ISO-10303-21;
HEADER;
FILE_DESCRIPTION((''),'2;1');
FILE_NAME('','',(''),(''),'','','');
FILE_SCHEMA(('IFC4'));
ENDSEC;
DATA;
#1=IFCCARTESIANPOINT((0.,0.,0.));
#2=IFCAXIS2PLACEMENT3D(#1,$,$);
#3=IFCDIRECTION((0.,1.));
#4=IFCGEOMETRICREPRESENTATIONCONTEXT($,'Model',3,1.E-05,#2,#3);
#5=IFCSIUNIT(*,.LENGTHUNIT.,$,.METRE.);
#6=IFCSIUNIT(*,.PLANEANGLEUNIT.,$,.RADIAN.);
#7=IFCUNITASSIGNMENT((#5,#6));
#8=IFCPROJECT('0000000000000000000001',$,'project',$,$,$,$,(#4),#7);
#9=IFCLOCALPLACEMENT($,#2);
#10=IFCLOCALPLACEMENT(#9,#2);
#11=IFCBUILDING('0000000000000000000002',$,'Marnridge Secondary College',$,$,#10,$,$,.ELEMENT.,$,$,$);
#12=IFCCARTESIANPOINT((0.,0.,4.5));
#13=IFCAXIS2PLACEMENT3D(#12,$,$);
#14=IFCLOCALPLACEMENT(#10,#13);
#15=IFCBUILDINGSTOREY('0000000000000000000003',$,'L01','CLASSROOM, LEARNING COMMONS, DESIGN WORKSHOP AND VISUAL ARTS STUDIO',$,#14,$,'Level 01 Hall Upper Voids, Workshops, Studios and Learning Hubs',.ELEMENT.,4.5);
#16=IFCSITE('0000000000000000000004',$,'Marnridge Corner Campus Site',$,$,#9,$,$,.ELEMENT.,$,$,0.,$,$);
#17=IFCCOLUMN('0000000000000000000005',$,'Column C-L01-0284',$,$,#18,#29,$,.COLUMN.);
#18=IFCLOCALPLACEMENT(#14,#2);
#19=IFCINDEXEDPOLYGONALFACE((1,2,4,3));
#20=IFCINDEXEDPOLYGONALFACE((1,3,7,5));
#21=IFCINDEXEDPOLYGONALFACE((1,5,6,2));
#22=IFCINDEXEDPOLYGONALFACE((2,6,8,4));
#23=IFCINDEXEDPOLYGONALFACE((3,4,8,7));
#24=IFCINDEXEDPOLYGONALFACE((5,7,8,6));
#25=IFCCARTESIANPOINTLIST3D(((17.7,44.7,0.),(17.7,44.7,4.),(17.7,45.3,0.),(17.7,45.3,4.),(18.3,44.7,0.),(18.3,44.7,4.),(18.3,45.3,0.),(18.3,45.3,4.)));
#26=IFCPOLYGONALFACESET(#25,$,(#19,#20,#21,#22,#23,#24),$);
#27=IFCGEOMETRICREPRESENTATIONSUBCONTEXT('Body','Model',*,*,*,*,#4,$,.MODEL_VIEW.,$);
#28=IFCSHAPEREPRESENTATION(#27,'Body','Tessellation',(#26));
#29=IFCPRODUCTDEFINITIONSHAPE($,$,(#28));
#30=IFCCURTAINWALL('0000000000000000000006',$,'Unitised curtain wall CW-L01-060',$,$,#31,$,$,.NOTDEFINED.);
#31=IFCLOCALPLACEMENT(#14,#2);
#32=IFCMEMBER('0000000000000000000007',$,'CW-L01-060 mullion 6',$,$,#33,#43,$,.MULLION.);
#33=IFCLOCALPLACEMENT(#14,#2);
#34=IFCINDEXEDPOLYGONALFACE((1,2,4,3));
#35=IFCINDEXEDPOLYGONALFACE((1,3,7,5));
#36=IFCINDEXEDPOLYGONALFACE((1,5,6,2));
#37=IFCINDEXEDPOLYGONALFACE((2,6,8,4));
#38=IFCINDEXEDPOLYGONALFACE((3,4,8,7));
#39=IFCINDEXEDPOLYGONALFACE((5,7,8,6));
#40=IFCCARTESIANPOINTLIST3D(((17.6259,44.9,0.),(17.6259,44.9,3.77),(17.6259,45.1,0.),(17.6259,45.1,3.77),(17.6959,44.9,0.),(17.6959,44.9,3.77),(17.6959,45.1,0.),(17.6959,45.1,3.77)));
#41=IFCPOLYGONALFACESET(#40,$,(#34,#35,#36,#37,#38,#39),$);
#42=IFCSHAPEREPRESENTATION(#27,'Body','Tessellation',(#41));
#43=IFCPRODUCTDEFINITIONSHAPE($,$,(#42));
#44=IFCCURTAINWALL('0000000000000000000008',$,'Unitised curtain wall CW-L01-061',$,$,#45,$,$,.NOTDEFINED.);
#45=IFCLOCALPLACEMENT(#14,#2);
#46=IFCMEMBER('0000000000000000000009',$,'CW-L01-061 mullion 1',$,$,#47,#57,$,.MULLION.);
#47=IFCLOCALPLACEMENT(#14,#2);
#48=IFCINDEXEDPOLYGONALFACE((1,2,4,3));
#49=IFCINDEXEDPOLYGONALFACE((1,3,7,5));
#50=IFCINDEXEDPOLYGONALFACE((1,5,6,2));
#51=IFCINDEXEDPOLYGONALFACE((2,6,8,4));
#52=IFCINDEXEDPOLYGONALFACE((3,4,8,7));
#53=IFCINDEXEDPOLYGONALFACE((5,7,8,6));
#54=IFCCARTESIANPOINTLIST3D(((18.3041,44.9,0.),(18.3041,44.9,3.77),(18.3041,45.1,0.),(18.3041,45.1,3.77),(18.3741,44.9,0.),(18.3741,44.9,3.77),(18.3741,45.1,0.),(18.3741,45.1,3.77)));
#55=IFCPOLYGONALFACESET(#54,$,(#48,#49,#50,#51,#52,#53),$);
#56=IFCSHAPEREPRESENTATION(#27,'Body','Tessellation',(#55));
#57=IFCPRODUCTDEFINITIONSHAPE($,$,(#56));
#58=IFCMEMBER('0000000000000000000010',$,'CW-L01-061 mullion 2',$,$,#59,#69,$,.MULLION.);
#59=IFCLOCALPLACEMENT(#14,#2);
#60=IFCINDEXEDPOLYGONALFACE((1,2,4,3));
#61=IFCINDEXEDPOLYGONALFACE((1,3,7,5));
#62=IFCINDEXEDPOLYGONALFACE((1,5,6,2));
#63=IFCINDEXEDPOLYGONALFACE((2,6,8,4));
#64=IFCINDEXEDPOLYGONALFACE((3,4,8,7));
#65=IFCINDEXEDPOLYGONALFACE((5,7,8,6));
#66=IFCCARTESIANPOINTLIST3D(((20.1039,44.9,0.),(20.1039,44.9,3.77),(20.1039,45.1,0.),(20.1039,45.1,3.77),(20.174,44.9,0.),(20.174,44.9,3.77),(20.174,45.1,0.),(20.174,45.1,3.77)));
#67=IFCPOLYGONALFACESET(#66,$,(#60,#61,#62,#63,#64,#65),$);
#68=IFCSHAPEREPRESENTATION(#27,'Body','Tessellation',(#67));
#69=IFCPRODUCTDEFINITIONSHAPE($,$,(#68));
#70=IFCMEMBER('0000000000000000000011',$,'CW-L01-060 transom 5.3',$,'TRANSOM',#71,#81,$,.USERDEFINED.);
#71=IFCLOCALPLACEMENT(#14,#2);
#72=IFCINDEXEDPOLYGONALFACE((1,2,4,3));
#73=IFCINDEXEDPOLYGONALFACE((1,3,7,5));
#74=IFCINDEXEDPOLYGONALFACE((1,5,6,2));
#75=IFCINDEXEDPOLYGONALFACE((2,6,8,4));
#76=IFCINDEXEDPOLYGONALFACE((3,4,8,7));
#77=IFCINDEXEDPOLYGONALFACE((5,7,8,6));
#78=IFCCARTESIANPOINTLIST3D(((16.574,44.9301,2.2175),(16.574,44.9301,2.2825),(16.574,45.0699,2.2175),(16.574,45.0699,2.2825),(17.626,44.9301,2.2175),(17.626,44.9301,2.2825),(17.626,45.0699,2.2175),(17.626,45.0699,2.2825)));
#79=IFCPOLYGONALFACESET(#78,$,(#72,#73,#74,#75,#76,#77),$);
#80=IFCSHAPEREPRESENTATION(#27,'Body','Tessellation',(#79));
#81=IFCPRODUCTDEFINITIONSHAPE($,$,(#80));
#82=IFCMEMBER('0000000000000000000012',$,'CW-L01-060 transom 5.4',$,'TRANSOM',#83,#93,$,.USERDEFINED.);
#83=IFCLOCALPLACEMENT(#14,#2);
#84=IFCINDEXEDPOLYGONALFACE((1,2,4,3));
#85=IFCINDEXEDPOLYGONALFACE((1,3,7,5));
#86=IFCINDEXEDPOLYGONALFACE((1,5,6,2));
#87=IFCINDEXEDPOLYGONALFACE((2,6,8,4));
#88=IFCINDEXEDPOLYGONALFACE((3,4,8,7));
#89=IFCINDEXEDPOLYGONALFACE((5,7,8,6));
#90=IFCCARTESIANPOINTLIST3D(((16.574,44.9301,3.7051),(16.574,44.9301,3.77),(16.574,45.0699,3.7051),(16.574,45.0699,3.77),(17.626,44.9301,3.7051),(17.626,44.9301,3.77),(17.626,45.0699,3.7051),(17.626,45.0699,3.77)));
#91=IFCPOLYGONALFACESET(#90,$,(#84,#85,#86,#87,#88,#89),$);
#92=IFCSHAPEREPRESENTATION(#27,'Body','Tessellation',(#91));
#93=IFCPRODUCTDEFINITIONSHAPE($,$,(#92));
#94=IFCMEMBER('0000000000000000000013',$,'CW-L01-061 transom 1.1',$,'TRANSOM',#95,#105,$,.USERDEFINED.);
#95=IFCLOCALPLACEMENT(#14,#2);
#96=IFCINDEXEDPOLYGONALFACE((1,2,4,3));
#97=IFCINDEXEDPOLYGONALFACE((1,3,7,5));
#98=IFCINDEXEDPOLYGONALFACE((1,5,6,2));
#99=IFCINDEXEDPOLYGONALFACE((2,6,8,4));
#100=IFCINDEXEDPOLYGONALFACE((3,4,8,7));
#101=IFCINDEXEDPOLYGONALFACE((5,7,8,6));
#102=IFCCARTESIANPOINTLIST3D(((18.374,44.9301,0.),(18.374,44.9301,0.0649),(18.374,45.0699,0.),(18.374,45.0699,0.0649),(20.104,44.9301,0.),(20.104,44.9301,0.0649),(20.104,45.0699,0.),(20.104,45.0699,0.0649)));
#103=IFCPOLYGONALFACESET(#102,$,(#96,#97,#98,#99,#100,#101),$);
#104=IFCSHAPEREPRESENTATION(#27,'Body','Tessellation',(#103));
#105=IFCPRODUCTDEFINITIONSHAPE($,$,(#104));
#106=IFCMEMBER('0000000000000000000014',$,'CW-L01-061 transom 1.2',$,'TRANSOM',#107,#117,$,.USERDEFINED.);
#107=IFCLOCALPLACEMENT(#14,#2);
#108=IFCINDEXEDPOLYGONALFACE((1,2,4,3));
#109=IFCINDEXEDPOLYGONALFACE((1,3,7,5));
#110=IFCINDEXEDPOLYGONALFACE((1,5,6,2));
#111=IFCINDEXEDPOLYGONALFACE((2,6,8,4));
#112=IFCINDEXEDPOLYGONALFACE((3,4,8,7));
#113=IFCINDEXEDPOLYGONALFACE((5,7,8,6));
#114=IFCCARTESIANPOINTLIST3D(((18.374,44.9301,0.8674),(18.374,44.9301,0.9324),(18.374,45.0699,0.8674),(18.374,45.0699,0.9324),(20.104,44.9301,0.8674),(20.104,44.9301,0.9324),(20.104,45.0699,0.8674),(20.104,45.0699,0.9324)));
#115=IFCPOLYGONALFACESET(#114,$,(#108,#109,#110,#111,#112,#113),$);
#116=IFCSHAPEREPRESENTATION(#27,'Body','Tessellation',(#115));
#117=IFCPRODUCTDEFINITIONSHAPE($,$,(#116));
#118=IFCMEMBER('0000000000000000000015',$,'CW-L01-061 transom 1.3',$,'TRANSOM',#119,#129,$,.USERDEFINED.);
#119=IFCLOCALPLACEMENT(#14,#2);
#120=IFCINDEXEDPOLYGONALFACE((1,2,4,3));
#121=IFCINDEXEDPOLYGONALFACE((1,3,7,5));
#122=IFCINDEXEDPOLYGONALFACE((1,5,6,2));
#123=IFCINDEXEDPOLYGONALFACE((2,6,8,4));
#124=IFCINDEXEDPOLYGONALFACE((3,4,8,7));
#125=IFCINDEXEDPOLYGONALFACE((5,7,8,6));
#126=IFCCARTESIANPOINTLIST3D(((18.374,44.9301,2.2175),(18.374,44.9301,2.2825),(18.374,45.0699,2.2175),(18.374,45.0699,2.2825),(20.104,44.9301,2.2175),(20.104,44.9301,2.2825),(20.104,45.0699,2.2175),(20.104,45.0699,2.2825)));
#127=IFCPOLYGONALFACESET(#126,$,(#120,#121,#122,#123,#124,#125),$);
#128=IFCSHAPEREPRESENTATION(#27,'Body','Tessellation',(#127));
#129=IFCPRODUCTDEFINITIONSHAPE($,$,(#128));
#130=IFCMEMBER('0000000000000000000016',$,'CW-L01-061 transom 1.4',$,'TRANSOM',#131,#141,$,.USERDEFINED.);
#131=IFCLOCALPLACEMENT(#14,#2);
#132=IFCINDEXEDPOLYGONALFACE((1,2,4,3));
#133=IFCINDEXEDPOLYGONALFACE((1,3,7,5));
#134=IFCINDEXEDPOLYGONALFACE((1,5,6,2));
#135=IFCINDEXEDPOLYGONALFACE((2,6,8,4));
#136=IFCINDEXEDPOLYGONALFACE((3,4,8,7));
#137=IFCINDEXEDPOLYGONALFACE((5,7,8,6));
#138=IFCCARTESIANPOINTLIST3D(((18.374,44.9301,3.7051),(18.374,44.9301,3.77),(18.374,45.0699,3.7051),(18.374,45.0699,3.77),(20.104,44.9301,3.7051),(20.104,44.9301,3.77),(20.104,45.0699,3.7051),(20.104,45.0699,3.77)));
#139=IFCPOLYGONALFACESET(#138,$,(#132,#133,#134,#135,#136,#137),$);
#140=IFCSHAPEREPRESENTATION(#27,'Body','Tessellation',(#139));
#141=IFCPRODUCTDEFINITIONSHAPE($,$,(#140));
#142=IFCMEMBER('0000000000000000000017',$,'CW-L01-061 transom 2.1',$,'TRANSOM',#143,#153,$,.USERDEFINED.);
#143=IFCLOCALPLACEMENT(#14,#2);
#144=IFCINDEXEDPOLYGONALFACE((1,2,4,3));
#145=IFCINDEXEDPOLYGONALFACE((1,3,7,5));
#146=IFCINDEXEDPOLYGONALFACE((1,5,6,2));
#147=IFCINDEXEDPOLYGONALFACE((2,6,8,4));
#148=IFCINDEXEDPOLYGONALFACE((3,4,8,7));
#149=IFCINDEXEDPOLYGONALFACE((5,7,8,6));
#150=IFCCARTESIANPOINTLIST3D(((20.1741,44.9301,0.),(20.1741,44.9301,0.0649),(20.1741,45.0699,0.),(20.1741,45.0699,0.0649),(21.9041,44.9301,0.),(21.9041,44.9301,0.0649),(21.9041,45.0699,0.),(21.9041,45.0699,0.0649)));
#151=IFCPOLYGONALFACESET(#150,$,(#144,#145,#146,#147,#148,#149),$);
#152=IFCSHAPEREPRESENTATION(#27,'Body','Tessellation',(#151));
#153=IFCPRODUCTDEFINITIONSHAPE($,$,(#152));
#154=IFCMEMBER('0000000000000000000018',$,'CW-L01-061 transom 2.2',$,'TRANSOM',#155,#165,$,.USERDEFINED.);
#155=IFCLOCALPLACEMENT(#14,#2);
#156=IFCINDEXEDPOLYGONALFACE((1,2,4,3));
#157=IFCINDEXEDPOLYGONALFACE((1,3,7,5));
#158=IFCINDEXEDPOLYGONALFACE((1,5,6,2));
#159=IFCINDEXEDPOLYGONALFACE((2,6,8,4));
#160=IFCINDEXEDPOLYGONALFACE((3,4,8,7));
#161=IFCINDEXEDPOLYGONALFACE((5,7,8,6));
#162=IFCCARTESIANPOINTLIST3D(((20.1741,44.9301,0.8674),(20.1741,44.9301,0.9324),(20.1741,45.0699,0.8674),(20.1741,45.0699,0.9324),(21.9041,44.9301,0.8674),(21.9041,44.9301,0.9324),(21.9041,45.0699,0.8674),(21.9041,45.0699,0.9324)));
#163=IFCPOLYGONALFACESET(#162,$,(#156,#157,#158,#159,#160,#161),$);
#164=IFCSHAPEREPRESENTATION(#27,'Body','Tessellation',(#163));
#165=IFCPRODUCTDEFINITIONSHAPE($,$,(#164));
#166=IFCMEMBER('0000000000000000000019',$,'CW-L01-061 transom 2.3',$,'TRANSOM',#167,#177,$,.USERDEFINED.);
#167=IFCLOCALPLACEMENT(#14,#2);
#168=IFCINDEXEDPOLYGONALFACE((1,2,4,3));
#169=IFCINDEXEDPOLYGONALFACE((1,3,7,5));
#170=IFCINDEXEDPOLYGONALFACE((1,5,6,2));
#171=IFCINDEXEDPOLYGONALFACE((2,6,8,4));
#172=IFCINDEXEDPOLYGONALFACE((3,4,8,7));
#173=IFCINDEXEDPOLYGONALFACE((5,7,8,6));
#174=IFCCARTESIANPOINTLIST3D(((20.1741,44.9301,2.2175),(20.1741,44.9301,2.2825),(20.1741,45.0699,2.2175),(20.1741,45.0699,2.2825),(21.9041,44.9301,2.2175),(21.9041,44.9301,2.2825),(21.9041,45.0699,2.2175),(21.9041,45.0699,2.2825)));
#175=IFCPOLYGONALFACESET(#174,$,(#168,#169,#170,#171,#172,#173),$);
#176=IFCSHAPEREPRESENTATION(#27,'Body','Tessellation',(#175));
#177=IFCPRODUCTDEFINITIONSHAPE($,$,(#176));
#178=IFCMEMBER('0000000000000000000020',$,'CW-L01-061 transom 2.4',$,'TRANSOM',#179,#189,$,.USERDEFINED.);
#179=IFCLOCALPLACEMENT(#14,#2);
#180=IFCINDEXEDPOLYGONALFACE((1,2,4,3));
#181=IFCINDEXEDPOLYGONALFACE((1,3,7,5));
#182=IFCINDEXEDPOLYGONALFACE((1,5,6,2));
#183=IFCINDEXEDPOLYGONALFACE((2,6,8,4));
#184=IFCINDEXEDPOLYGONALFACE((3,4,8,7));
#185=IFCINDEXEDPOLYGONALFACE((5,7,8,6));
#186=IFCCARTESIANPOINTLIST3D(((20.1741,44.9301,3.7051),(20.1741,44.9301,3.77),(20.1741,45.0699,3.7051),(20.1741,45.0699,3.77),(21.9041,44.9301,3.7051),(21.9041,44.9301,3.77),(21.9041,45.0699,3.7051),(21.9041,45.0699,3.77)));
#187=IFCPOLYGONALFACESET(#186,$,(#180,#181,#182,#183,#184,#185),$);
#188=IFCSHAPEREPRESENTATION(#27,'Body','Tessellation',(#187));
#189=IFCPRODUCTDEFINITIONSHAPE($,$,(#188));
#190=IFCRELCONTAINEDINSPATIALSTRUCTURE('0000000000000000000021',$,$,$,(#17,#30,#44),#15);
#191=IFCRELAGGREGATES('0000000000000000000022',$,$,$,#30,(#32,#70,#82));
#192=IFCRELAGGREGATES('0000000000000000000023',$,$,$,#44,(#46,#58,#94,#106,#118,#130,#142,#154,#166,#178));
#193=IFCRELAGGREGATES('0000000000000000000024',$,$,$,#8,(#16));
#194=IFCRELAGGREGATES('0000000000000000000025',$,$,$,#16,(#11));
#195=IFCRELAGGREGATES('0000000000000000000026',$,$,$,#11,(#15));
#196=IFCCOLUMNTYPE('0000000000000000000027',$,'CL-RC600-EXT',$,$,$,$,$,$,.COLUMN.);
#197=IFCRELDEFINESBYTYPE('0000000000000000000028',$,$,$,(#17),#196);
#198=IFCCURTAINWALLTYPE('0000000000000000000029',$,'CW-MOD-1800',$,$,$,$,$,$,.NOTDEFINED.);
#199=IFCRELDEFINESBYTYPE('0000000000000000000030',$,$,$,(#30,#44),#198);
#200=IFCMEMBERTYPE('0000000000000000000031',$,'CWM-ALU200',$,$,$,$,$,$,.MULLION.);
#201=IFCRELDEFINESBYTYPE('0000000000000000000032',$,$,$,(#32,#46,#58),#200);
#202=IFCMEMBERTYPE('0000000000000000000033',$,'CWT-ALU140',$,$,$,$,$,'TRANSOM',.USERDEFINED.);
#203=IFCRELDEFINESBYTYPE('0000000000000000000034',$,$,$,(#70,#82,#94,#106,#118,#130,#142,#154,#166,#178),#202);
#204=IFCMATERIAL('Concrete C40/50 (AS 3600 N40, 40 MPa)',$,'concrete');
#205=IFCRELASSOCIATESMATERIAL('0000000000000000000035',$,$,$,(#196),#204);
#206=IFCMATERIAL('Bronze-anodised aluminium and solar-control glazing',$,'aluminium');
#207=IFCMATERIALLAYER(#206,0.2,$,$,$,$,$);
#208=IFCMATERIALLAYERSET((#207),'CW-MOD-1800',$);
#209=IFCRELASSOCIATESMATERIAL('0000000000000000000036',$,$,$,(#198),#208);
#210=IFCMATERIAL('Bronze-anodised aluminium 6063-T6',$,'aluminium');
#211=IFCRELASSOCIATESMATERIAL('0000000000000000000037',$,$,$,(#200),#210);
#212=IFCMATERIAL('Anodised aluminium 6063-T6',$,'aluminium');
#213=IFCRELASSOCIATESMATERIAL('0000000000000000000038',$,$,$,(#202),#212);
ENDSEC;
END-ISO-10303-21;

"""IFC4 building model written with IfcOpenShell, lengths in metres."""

from ifc_helpers import new_model, si_unit, direction, frame, origin, origin_2d, place, context, subcontext, project, spatial, rectangle, extrude, material, layer, layer_set, material_profile, profile_set, type_object, element, aggregate, save


model = new_model("IFC4")

# Units and contexts
model_context = context("Model", 3, precision=1e-05, world=origin(), true_north=direction((0.0, 1.0)))
body_context = subcontext(model_context, "Body", "Model", "MODEL_VIEW")
ifc_project = project(units=[si_unit("LENGTHUNIT", "METRE"), si_unit("PLANEANGLEUNIT", "RADIAN")], contexts=[model_context])

# Site, building, storey
site_placement = place(None, origin())
site = spatial("IfcSite", under=ifc_project, at=site_placement, Name="Marnridge Corner Campus Site", CompositionType="ELEMENT", RefElevation=0.0)
building_placement = place(site_placement, origin())
building = spatial("IfcBuilding", under=site, at=building_placement, Name="Marnridge Secondary College", CompositionType="ELEMENT")
storey_placement = place(building_placement, frame((0.0, 0.0, 4.5)))
storey = spatial("IfcBuildingStorey", under=building, at=storey_placement, Name="L01", Description="CLASSROOM, LEARNING COMMONS, DESIGN WORKSHOP AND VISUAL ARTS STUDIO", LongName="Level 01 Hall Upper Voids, Workshops, Studios and Learning Hubs", CompositionType="ELEMENT", Elevation=4.5)

# Column
ifc_material_1 = material(Name="Concrete C40/50 (AS 3600 N40, 40 MPa)", Category="concrete")
ifc_material_profile_1 = material_profile(ifc_material_1, rectangle(XDim=0.6001, YDim=0.6001, at=origin_2d()), Name="RC 600x600")
ifc_profile_set_1 = profile_set([ifc_material_profile_1], Name="Concrete C40/50 (AS 3600 N40, 40 MPa)")
column_type = type_object("IfcColumnType", Name="CL-RC600-EXT", PredefinedType="COLUMN", material=ifc_profile_set_1)
column_placement = place(storey_placement, frame((18.0, 45.0, 0.0), z_axis=(0.0, 0.0, 1.0), x_axis=(1.0, 0.0, 0.0)))
element("IfcColumn", 1, at=column_placement, inside=storey, type_object=column_type, Name="Column C-L01-0284", PredefinedType="COLUMN", context=body_context, shape_type="SweptSolid", body=[
    extrude(rectangle(XDim=0.6001, YDim=0.6001, at=origin_2d()), origin(), (0.0, 0.0, 1.0), 4.0),
])

# Curtain wall, member
ifc_material_2 = material(Name="Bronze-anodised aluminium and solar-control glazing", Category="aluminium")
ifc_layer_1 = layer(ifc_material_2, 0.2)
ifc_layer_set_1 = layer_set([ifc_layer_1], Name="CW-MOD-1800")
curtain_wall_type = type_object("IfcCurtainWallType", Name="CW-MOD-1800", PredefinedType="NOTDEFINED", material=ifc_layer_set_1)
curtain_wall_1_placement = place(storey_placement, origin())
curtain_wall_1 = element("IfcCurtainWall", 2, at=curtain_wall_1_placement, inside=storey, type_object=curtain_wall_type, Name="Unitised curtain wall CW-L01-060", PredefinedType="NOTDEFINED")
ifc_material_3 = material(Name="Bronze-anodised aluminium 6063-T6", Category="aluminium")
ifc_material_profile_2 = material_profile(ifc_material_3, rectangle(XDim=0.0701, YDim=0.2, at=origin_2d()), Name="ALU 70x200")
ifc_profile_set_2 = profile_set([ifc_material_profile_2], Name="Bronze-anodised aluminium 6063-T6")
member_type_1 = type_object("IfcMemberType", Name="CWM-ALU200", PredefinedType="MULLION", material=ifc_profile_set_2)
member_1_placement = place(storey_placement, frame((17.6609, 45.0, 0.0), z_axis=(0.0, 0.0, 1.0), x_axis=(1.0, 0.0, 0.0)))
member_1 = element("IfcMember", 3, at=member_1_placement, type_object=member_type_1, Name="CW-L01-060 mullion 6", PredefinedType="MULLION", context=body_context, shape_type="SweptSolid", body=[
    extrude(rectangle(XDim=0.0701, YDim=0.2, at=origin_2d()), origin(), (0.0, 0.0, 1.0), 3.77),
])

# Curtain wall, members
curtain_wall_2_placement = place(storey_placement, origin())
curtain_wall_2 = element("IfcCurtainWall", 4, at=curtain_wall_2_placement, inside=storey, type_object=curtain_wall_type, Name="Unitised curtain wall CW-L01-061", PredefinedType="NOTDEFINED")
member_2_placement = place(storey_placement, frame((18.3391, 45.0, 0.0), z_axis=(0.0, 0.0, 1.0), x_axis=(1.0, 0.0, 0.0)))
member_2 = element("IfcMember", 5, at=member_2_placement, type_object=member_type_1, Name="CW-L01-061 mullion 1", PredefinedType="MULLION", context=body_context, shape_type="SweptSolid", body=[
    extrude(rectangle(XDim=0.0701, YDim=0.2, at=origin_2d()), origin(), (0.0, 0.0, 1.0), 3.77),
])
member_3_placement = place(storey_placement, frame((20.1389, 45.0, 0.0), z_axis=(0.0, 0.0, 1.0), x_axis=(1.0, 0.0, 0.0)))
member_3 = element("IfcMember", 6, at=member_3_placement, type_object=member_type_1, Name="CW-L01-061 mullion 2", PredefinedType="MULLION", context=body_context, shape_type="SweptSolid", body=[
    extrude(rectangle(XDim=0.0701, YDim=0.2, at=origin_2d()), origin(), (0.0, 0.0, 1.0), 3.77),
])

# Members
ifc_material_4 = material(Name="Anodised aluminium 6063-T6", Category="aluminium")
ifc_material_profile_3 = material_profile(ifc_material_4, rectangle(XDim=0.0649, YDim=0.1399, at=origin_2d()), Name="ALU 65x140")
ifc_profile_set_3 = profile_set([ifc_material_profile_3], Name="Anodised aluminium 6063-T6")
member_type_2 = type_object("IfcMemberType", Name="CWT-ALU140", ElementType="TRANSOM", PredefinedType="USERDEFINED", material=ifc_profile_set_3)
member_4_placement = place(storey_placement, frame((16.574, 45.0, 2.25), z_axis=(1.0, 0.0, 0.0), x_axis=(0.0, 0.0, 1.0)))
member_4 = element("IfcMember", 7, at=member_4_placement, type_object=member_type_2, Name="CW-L01-060 transom 5.3", ObjectType="TRANSOM", PredefinedType="USERDEFINED", context=body_context, shape_type="SweptSolid", body=[
    extrude(rectangle(XDim=0.0649, YDim=0.1399, at=origin_2d()), origin(), (0.0, 0.0, 1.0), 1.052),
])
member_5_placement = place(storey_placement, frame((16.574, 45.0, 3.7375), z_axis=(1.0, 0.0, 0.0), x_axis=(0.0, 0.0, 1.0)))
member_5 = element("IfcMember", 8, at=member_5_placement, type_object=member_type_2, Name="CW-L01-060 transom 5.4", ObjectType="TRANSOM", PredefinedType="USERDEFINED", context=body_context, shape_type="SweptSolid", body=[
    extrude(rectangle(XDim=0.0649, YDim=0.1399, at=origin_2d()), origin(), (0.0, 0.0, 1.0), 1.052),
])
member_6_placement = place(storey_placement, frame((18.374, 45.0, 0.0325), z_axis=(1.0, 0.0, 0.0), x_axis=(0.0, 0.0, 1.0)))
member_6 = element("IfcMember", 9, at=member_6_placement, type_object=member_type_2, Name="CW-L01-061 transom 1.1", ObjectType="TRANSOM", PredefinedType="USERDEFINED", context=body_context, shape_type="SweptSolid", body=[
    extrude(rectangle(XDim=0.0649, YDim=0.1399, at=origin_2d()), origin(), (0.0, 0.0, 1.0), 1.73),
])
member_7_placement = place(storey_placement, frame((18.374, 45.0, 0.8999), z_axis=(1.0, 0.0, 0.0), x_axis=(0.0, 0.0, 1.0)))
member_7 = element("IfcMember", 10, at=member_7_placement, type_object=member_type_2, Name="CW-L01-061 transom 1.2", ObjectType="TRANSOM", PredefinedType="USERDEFINED", context=body_context, shape_type="SweptSolid", body=[
    extrude(rectangle(XDim=0.0649, YDim=0.1399, at=origin_2d()), origin(), (0.0, 0.0, 1.0), 1.73),
])
member_8_placement = place(storey_placement, frame((18.374, 45.0, 2.25), z_axis=(1.0, 0.0, 0.0), x_axis=(0.0, 0.0, 1.0)))
member_8 = element("IfcMember", 11, at=member_8_placement, type_object=member_type_2, Name="CW-L01-061 transom 1.3", ObjectType="TRANSOM", PredefinedType="USERDEFINED", context=body_context, shape_type="SweptSolid", body=[
    extrude(rectangle(XDim=0.0649, YDim=0.1399, at=origin_2d()), origin(), (0.0, 0.0, 1.0), 1.73),
])
member_9_placement = place(storey_placement, frame((18.374, 45.0, 3.7375), z_axis=(1.0, 0.0, 0.0), x_axis=(0.0, 0.0, 1.0)))
member_9 = element("IfcMember", 12, at=member_9_placement, type_object=member_type_2, Name="CW-L01-061 transom 1.4", ObjectType="TRANSOM", PredefinedType="USERDEFINED", context=body_context, shape_type="SweptSolid", body=[
    extrude(rectangle(XDim=0.0649, YDim=0.1399, at=origin_2d()), origin(), (0.0, 0.0, 1.0), 1.73),
])
member_10_placement = place(storey_placement, frame((20.1741, 45.0, 0.0325), z_axis=(1.0, 0.0, 0.0), x_axis=(0.0, 0.0, 1.0)))
member_10 = element("IfcMember", 13, at=member_10_placement, type_object=member_type_2, Name="CW-L01-061 transom 2.1", ObjectType="TRANSOM", PredefinedType="USERDEFINED", context=body_context, shape_type="SweptSolid", body=[
    extrude(rectangle(XDim=0.0649, YDim=0.1399, at=origin_2d()), origin(), (0.0, 0.0, 1.0), 1.73),
])
member_11_placement = place(storey_placement, frame((20.1741, 45.0, 0.8999), z_axis=(1.0, 0.0, 0.0), x_axis=(0.0, 0.0, 1.0)))
member_11 = element("IfcMember", 14, at=member_11_placement, type_object=member_type_2, Name="CW-L01-061 transom 2.2", ObjectType="TRANSOM", PredefinedType="USERDEFINED", context=body_context, shape_type="SweptSolid", body=[
    extrude(rectangle(XDim=0.0649, YDim=0.1399, at=origin_2d()), origin(), (0.0, 0.0, 1.0), 1.73),
])
member_12_placement = place(storey_placement, frame((20.1741, 45.0, 2.25), z_axis=(1.0, 0.0, 0.0), x_axis=(0.0, 0.0, 1.0)))
member_12 = element("IfcMember", 15, at=member_12_placement, type_object=member_type_2, Name="CW-L01-061 transom 2.3", ObjectType="TRANSOM", PredefinedType="USERDEFINED", context=body_context, shape_type="SweptSolid", body=[
    extrude(rectangle(XDim=0.0649, YDim=0.1399, at=origin_2d()), origin(), (0.0, 0.0, 1.0), 1.73),
])
member_13_placement = place(storey_placement, frame((20.1741, 45.0, 3.7375), z_axis=(1.0, 0.0, 0.0), x_axis=(0.0, 0.0, 1.0)))
member_13 = element("IfcMember", 16, at=member_13_placement, type_object=member_type_2, Name="CW-L01-061 transom 2.4", ObjectType="TRANSOM", PredefinedType="USERDEFINED", context=body_context, shape_type="SweptSolid", body=[
    extrude(rectangle(XDim=0.0649, YDim=0.1399, at=origin_2d()), origin(), (0.0, 0.0, 1.0), 1.73),
])

aggregate(curtain_wall_1, [member_1, member_4, member_5])
aggregate(curtain_wall_2, [member_2, member_3, member_6, member_7, member_8, member_9, member_10, member_11, member_12, member_13])

save(model, "model.ifc")
